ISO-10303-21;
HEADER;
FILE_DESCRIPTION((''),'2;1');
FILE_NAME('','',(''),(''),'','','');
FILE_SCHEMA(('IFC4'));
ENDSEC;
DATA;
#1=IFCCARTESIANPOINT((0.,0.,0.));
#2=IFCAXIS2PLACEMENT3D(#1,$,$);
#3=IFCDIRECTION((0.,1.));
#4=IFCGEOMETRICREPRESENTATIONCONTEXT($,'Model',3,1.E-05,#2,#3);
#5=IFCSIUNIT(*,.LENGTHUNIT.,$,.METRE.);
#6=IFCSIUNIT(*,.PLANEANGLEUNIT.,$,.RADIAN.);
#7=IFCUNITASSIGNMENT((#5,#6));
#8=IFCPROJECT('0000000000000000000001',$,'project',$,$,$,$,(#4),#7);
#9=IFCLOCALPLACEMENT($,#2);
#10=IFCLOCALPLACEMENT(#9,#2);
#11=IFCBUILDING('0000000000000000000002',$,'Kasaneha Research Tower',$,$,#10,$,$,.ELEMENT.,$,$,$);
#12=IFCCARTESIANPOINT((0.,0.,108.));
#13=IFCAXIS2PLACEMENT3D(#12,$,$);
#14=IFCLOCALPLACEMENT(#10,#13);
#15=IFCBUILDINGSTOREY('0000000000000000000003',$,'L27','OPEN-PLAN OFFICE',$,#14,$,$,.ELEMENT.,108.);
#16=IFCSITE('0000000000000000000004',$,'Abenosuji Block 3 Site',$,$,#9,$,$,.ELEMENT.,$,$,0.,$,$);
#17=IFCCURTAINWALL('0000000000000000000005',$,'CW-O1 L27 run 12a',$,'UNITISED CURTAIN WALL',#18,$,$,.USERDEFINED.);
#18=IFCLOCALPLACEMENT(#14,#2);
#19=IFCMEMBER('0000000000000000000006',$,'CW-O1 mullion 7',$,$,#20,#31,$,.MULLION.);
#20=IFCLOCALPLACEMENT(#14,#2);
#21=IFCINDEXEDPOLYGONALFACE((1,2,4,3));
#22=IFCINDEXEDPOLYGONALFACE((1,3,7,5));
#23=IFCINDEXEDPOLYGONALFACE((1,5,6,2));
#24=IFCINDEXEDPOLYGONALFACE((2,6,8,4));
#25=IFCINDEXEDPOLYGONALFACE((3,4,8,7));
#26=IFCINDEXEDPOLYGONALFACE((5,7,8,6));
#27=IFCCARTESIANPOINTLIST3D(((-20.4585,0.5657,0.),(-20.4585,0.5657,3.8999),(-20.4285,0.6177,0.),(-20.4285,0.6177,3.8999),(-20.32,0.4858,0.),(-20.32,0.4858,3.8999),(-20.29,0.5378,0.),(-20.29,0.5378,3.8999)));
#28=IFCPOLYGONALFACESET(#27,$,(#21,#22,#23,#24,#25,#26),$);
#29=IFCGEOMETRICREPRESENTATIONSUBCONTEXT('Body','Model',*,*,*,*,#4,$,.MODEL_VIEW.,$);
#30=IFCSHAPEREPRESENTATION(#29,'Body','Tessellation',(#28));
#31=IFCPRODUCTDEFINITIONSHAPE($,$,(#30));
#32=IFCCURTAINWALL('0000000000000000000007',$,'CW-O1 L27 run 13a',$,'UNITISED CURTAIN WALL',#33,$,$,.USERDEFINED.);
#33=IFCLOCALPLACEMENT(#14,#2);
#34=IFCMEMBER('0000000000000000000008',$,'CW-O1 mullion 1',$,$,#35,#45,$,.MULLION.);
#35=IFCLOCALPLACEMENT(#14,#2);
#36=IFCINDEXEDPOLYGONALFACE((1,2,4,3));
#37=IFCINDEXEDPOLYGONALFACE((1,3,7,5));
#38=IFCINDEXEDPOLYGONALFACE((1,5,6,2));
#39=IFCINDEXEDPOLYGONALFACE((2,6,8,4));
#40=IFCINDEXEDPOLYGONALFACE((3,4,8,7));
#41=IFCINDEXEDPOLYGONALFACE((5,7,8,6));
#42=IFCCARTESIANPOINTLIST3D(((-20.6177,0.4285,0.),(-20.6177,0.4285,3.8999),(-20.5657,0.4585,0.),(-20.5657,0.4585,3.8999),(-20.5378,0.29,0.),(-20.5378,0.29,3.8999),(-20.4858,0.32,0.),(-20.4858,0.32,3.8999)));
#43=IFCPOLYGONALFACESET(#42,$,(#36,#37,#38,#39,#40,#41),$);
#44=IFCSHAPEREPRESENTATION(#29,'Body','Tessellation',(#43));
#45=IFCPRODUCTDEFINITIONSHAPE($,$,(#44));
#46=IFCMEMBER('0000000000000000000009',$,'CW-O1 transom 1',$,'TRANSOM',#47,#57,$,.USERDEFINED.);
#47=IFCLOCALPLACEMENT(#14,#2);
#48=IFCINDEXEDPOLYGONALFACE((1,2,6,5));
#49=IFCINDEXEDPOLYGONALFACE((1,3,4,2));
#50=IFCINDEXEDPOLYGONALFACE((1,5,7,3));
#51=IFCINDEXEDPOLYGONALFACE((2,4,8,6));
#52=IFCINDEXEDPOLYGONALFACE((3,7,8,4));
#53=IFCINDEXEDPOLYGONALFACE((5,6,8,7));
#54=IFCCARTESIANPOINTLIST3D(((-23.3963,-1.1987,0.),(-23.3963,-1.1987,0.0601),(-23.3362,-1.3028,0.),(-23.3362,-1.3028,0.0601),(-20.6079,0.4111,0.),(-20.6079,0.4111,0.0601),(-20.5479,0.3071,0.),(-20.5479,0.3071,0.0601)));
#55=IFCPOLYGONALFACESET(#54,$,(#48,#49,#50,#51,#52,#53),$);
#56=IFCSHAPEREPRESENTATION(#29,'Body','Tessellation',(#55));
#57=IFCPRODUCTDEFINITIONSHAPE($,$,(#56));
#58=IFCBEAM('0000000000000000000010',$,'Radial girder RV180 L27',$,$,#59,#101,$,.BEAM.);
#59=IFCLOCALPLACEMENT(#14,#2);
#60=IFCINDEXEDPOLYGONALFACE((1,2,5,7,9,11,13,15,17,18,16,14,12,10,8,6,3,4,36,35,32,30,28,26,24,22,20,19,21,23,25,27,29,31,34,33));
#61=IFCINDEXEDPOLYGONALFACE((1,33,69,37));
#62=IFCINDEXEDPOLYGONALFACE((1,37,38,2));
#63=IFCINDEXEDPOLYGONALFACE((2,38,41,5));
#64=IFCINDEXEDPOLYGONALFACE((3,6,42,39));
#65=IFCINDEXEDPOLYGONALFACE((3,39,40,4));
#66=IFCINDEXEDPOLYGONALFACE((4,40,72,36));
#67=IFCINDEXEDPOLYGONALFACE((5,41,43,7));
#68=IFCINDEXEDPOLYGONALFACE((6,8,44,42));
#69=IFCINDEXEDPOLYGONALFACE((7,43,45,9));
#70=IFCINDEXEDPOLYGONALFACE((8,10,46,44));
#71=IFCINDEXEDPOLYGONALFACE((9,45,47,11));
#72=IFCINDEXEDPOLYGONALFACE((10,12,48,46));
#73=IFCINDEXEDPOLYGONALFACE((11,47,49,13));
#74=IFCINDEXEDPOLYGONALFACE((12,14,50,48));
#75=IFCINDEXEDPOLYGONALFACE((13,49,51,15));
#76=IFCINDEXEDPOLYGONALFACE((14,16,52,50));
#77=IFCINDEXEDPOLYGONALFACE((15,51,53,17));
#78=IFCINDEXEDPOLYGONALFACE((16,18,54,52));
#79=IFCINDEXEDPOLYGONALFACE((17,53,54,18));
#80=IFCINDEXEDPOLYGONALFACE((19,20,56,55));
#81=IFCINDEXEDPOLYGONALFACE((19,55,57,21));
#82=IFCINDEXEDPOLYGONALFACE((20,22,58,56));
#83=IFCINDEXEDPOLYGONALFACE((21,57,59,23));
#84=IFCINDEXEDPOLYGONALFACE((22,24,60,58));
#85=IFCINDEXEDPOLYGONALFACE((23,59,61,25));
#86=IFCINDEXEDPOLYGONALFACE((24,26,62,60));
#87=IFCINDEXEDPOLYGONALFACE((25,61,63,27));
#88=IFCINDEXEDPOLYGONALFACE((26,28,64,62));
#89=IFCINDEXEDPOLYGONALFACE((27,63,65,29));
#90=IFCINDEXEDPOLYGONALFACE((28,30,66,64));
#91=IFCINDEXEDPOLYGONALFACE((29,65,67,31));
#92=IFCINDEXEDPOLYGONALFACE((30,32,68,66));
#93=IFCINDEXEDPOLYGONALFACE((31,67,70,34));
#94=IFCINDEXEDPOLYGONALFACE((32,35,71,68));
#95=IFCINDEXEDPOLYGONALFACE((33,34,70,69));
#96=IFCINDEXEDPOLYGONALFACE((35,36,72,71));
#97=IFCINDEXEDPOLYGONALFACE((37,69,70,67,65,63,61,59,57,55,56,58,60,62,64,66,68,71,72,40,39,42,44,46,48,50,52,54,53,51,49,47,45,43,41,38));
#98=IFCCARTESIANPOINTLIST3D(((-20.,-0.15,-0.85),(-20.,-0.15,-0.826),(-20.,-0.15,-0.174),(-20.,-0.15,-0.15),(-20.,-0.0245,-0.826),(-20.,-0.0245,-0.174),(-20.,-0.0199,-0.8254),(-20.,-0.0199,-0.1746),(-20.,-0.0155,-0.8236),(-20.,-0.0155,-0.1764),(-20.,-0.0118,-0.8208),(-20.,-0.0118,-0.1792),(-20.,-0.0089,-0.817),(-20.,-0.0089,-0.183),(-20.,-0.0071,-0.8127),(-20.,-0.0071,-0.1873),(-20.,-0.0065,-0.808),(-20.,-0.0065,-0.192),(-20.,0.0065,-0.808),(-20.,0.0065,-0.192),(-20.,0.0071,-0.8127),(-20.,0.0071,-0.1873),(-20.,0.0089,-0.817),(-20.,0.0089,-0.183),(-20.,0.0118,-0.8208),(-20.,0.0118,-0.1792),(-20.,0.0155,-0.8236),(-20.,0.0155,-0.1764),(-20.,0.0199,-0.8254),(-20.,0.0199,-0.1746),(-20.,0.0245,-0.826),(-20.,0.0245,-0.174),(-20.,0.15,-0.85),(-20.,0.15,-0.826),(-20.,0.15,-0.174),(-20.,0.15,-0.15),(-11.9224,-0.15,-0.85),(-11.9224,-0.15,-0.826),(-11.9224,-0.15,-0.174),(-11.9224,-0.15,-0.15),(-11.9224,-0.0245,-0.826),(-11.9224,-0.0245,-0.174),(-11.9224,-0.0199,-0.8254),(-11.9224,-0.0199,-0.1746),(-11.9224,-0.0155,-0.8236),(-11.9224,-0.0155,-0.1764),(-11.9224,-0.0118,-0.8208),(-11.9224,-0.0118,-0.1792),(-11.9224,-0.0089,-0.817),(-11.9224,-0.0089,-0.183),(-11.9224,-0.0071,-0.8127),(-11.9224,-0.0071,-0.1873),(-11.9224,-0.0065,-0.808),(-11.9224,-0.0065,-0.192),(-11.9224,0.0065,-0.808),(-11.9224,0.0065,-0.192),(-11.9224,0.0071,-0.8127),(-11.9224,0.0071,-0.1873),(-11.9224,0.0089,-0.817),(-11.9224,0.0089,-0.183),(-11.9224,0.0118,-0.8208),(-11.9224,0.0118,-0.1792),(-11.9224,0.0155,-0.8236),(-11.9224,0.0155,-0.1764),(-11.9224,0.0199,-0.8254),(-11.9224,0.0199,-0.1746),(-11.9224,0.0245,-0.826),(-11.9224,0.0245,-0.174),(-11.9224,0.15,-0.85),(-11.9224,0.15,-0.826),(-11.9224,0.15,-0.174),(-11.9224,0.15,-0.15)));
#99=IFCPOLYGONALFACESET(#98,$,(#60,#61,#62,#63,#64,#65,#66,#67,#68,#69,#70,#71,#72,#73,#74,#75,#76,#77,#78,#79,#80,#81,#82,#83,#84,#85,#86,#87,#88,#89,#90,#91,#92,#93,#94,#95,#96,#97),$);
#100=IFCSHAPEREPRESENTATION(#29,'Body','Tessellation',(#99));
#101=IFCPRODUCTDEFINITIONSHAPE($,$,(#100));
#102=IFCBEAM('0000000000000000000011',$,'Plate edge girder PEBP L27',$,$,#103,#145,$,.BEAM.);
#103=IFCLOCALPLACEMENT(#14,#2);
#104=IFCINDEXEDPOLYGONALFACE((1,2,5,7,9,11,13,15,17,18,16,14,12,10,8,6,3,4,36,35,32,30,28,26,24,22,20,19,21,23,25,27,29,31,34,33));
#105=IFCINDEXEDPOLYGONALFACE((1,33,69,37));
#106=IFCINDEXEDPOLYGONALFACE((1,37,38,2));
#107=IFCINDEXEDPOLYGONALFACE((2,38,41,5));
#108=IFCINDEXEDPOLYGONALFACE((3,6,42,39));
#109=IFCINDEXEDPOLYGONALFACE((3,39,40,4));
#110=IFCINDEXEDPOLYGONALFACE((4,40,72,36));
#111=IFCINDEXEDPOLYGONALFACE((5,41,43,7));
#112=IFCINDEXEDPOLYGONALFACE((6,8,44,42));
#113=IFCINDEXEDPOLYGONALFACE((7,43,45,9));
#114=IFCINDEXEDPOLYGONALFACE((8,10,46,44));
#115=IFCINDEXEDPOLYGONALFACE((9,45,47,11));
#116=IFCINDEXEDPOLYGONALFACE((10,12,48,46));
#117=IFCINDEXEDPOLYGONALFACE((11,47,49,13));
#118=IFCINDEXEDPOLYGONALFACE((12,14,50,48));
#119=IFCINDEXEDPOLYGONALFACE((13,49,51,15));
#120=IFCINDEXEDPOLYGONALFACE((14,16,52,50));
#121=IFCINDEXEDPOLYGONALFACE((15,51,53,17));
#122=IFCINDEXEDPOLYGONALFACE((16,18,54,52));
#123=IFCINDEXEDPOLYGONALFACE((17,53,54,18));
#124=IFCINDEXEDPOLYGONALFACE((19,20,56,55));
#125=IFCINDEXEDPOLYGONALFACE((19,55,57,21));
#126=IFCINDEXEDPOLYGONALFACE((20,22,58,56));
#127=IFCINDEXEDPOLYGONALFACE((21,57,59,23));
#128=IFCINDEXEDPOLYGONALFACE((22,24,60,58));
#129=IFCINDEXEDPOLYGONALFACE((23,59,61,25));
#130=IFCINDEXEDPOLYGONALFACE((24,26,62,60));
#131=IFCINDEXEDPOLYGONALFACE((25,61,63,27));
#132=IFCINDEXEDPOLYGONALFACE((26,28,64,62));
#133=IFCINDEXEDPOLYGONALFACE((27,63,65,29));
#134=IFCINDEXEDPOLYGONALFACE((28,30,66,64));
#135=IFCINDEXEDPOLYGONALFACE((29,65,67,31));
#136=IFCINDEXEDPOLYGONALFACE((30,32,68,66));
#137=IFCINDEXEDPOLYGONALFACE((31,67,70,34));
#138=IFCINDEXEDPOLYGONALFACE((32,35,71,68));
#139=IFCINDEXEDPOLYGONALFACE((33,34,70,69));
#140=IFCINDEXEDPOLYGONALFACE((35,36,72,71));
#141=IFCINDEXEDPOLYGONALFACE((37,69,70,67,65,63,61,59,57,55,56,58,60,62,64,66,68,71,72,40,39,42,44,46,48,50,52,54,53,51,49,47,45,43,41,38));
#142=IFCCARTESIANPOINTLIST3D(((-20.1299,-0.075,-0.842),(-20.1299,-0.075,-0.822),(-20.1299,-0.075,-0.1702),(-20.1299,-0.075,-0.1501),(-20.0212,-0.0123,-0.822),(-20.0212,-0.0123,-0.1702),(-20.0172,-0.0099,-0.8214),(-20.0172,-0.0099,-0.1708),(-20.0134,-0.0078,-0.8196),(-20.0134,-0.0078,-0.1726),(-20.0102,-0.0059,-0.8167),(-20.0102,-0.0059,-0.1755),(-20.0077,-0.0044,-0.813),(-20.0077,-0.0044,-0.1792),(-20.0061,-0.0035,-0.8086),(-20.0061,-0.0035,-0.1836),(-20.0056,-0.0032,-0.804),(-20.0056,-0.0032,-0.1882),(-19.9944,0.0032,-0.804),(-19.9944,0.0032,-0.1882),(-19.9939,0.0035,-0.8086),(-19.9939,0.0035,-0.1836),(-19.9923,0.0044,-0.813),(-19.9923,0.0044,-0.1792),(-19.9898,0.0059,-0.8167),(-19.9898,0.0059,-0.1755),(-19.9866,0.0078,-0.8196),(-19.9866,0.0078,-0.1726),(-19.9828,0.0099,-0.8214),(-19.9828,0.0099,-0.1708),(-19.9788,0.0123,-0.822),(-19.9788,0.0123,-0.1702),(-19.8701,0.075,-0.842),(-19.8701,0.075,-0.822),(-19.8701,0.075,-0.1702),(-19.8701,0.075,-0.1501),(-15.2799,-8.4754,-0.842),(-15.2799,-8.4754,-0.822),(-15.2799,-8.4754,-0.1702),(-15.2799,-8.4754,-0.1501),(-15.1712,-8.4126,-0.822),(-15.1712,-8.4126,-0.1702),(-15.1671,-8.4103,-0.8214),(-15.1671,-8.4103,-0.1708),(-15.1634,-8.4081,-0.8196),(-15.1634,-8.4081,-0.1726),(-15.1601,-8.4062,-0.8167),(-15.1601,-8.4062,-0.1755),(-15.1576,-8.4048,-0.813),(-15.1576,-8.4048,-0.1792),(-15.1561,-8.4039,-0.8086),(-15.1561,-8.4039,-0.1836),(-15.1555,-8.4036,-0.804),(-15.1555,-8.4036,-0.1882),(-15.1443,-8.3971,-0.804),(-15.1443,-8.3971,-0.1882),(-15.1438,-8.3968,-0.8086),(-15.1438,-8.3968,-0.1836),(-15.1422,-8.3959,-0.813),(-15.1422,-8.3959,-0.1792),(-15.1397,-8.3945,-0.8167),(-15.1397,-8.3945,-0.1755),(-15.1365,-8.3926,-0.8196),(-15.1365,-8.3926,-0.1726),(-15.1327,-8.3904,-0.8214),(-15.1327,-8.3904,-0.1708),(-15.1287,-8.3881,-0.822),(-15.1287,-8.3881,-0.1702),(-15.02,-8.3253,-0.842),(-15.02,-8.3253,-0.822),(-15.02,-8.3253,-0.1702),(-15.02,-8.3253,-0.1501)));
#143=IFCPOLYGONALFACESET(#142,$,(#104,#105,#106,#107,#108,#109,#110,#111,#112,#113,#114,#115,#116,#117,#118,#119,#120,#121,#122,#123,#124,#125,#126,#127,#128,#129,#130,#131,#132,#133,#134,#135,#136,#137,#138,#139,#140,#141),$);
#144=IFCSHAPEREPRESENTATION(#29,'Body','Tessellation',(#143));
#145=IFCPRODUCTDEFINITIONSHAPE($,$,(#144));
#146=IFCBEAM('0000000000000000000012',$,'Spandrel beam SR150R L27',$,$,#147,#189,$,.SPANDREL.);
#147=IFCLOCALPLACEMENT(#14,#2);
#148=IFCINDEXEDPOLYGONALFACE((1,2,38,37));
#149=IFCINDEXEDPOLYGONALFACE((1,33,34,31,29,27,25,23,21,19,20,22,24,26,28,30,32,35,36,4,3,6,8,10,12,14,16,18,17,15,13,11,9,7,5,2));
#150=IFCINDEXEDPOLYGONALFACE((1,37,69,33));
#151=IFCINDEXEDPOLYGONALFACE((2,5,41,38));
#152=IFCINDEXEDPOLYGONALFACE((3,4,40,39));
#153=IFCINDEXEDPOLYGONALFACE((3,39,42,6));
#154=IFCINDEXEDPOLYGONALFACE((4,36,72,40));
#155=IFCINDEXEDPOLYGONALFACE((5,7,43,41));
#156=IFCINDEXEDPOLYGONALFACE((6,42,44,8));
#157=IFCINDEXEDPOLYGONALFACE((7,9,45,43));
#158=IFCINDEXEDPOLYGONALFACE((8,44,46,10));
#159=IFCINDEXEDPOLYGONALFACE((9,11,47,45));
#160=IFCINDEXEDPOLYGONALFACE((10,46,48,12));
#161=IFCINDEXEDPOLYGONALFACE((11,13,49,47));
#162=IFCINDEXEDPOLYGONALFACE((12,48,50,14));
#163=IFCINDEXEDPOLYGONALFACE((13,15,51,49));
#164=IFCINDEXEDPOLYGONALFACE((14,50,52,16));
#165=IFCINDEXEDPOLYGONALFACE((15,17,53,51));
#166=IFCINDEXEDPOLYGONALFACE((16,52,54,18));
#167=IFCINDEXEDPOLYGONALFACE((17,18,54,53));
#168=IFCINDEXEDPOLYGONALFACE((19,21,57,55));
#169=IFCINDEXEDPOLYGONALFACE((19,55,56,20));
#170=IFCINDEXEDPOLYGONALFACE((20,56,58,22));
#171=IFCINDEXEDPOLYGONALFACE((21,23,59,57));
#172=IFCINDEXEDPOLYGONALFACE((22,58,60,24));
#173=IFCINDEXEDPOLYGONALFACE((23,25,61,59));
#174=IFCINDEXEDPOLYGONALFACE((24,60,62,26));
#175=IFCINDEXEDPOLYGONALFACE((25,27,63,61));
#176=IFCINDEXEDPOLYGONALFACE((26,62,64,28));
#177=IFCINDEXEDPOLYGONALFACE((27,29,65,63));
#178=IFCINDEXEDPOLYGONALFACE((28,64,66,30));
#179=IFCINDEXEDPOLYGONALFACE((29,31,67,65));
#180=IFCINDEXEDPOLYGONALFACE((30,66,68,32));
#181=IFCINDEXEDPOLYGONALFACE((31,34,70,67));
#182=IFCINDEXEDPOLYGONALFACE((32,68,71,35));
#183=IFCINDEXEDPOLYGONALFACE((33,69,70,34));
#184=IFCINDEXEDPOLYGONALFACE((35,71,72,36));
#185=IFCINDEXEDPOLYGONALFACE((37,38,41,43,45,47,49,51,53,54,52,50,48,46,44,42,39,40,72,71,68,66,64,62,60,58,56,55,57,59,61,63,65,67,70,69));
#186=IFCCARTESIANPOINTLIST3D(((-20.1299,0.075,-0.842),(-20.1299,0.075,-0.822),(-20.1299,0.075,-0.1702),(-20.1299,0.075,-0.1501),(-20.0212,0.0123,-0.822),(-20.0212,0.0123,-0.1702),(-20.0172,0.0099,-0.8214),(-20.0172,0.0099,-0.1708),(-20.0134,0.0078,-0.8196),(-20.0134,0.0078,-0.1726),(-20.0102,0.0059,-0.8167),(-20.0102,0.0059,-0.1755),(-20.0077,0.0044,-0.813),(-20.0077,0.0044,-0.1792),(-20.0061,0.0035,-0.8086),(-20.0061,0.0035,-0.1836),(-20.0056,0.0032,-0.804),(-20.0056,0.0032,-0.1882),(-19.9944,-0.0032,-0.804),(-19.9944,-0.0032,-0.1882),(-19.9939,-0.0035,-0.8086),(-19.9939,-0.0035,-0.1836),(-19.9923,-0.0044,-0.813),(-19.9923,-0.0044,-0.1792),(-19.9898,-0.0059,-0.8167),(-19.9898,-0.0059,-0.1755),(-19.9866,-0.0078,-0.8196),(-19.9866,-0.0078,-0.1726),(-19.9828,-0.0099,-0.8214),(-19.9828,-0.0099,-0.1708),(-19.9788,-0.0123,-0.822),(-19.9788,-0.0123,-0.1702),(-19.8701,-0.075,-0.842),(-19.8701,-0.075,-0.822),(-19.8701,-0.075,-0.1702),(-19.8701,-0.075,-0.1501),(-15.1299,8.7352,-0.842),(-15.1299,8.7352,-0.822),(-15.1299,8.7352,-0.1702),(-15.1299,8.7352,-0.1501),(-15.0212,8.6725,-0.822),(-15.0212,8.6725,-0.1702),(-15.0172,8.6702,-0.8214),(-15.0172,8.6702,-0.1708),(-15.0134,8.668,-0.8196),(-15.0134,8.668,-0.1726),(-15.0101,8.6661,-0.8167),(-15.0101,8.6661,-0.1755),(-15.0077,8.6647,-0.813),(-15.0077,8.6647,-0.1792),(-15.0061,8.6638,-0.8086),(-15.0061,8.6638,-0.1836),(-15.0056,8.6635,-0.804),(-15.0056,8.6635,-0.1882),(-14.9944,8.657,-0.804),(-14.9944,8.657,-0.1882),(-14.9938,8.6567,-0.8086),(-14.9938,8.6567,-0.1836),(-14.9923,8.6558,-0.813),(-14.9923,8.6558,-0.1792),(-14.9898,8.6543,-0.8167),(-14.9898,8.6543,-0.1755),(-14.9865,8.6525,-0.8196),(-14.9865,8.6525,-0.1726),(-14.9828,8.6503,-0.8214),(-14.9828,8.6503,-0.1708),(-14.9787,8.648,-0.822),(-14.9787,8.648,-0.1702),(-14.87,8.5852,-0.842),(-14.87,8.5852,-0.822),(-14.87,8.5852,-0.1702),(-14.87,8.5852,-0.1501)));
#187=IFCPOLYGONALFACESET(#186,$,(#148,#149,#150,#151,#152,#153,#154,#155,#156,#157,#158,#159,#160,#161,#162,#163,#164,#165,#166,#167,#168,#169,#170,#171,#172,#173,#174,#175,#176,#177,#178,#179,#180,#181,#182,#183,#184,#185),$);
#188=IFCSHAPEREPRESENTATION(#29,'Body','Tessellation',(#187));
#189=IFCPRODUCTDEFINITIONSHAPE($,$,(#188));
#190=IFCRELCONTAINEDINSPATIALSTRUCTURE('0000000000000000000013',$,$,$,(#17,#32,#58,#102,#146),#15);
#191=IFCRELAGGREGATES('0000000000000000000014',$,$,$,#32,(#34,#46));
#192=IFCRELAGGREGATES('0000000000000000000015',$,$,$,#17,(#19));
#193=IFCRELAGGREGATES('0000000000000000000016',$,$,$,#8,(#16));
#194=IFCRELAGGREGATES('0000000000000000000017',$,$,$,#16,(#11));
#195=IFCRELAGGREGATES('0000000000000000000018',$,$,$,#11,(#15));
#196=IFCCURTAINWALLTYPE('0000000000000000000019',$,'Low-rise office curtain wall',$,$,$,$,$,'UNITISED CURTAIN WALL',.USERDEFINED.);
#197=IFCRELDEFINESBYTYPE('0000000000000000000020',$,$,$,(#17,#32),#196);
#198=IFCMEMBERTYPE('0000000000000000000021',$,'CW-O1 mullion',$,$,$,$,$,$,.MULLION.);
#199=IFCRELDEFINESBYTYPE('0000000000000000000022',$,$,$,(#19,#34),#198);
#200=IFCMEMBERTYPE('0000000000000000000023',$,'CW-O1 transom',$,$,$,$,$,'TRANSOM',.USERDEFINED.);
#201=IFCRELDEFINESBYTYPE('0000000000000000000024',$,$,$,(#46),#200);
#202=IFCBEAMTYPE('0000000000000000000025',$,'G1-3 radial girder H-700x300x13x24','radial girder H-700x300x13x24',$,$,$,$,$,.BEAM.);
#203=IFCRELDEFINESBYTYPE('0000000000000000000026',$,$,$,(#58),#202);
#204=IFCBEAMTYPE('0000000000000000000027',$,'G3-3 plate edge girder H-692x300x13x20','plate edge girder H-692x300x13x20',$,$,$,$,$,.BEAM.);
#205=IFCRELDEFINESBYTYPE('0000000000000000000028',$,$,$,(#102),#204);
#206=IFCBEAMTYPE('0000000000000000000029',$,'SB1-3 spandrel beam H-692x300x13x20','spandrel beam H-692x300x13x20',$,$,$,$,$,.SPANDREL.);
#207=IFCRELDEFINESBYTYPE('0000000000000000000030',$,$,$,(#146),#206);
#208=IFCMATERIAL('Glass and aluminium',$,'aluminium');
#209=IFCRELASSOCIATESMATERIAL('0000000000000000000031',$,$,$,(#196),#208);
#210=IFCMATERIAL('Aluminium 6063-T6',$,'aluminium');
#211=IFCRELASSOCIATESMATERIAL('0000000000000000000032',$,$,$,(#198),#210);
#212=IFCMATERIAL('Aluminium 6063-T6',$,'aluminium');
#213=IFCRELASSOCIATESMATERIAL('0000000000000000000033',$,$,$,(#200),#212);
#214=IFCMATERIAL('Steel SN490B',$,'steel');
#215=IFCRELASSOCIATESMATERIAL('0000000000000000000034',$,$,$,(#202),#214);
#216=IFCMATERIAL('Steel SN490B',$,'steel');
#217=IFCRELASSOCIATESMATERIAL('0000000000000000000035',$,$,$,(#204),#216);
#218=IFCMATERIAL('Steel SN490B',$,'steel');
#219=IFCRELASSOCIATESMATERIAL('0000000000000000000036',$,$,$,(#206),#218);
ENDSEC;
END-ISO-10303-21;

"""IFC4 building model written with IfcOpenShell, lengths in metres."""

from ifc_helpers import new_model, si_unit, direction, frame, origin, origin_2d, place, context, subcontext, project, spatial, rectangle, i_section, extrude, material, material_profile, profile_set, type_object, element, aggregate, save


model = new_model("IFC4")

# Units and contexts
model_context = context("Model", 3, precision=1e-05, world=origin(), true_north=direction((0.0, 1.0)))
body_context = subcontext(model_context, "Body", "Model", "MODEL_VIEW")
ifc_project = project(units=[si_unit("LENGTHUNIT", "METRE"), si_unit("PLANEANGLEUNIT", "RADIAN")], contexts=[model_context])

# Site, building, storey
site_placement = place(None, origin())
site = spatial("IfcSite", under=ifc_project, at=site_placement, Name="Abenosuji Block 3 Site", CompositionType="ELEMENT", RefElevation=0.0)
building_placement = place(site_placement, origin())
building = spatial("IfcBuilding", under=site, at=building_placement, Name="Kasaneha Research Tower", CompositionType="ELEMENT")
storey_placement = place(building_placement, frame((0.0, 0.0, 108.0)))
storey = spatial("IfcBuildingStorey", under=building, at=storey_placement, Name="L27", Description="OPEN-PLAN OFFICE", CompositionType="ELEMENT", Elevation=108.0)

# Curtain wall, member
ifc_material_1 = material(Name="Glass and aluminium", Category="aluminium")
curtain_wall_type = type_object("IfcCurtainWallType", Name="Low-rise office curtain wall", ElementType="UNITISED CURTAIN WALL", PredefinedType="USERDEFINED", material=ifc_material_1)
curtain_wall_1_placement = place(storey_placement, origin())
curtain_wall_1 = element("IfcCurtainWall", 1, at=curtain_wall_1_placement, inside=storey, type_object=curtain_wall_type, Name="CW-O1 L27 run 12a", ObjectType="UNITISED CURTAIN WALL", PredefinedType="USERDEFINED")
ifc_material_2 = material(Name="Aluminium 6063-T6", Category="aluminium")
ifc_material_profile_1 = material_profile(ifc_material_2, rectangle(XDim=0.0601, YDim=0.1599, at=origin_2d()), Name="CW-O1 mullion 60x160")
ifc_profile_set_1 = profile_set([ifc_material_profile_1], Name="Aluminium 6063-T6")
member_type_1 = type_object("IfcMemberType", Name="CW-O1 mullion", PredefinedType="MULLION", material=ifc_profile_set_1)
member_1_placement = place(storey_placement, frame((-20.3743, 0.5518, 0.0), z_axis=(0.0, 0.0, 1.0), x_axis=(-0.5, -0.866025, 0.0)))
member_1 = element("IfcMember", 2, at=member_1_placement, type_object=member_type_1, Name="CW-O1 mullion 7", PredefinedType="MULLION", context=body_context, shape_type="SweptSolid", body=[
    extrude(rectangle(XDim=0.0601, YDim=0.1599, at=origin_2d()), origin(), (0.0, 0.0, 1.0), 3.8999),
])

# Curtain wall, members
curtain_wall_2_placement = place(storey_placement, origin())
curtain_wall_2 = element("IfcCurtainWall", 3, at=curtain_wall_2_placement, inside=storey, type_object=curtain_wall_type, Name="CW-O1 L27 run 13a", ObjectType="UNITISED CURTAIN WALL", PredefinedType="USERDEFINED")
member_2_placement = place(storey_placement, frame((-20.5518, 0.3743, 0.0), z_axis=(0.0, 0.0, 1.0), x_axis=(-0.866025, -0.5, 0.0)))
member_2 = element("IfcMember", 4, at=member_2_placement, type_object=member_type_1, Name="CW-O1 mullion 1", PredefinedType="MULLION", context=body_context, shape_type="SweptSolid", body=[
    extrude(rectangle(XDim=0.0601, YDim=0.1599, at=origin_2d()), origin(), (0.0, 0.0, 1.0), 3.8999),
])
ifc_material_3 = material(Name="Aluminium 6063-T6", Category="aluminium")
ifc_material_profile_2 = material_profile(ifc_material_3, rectangle(XDim=0.1201, YDim=0.0601, at=origin_2d()), Name="CW-O1 transom 120x60")
ifc_profile_set_2 = profile_set([ifc_material_profile_2], Name="Aluminium 6063-T6")
member_type_2 = type_object("IfcMemberType", Name="CW-O1 transom", ElementType="TRANSOM", PredefinedType="USERDEFINED", material=ifc_profile_set_2)
member_3_placement = place(storey_placement, frame((-20.5779, 0.3591, 0.03), z_axis=(-0.866023, -0.500005, 0.0), x_axis=(0.500005, -0.866023, 0.0)))
member_3 = element("IfcMember", 5, at=member_3_placement, type_object=member_type_2, Name="CW-O1 transom 1", ObjectType="TRANSOM", PredefinedType="USERDEFINED", context=body_context, shape_type="SweptSolid", body=[
    extrude(rectangle(XDim=0.1201, YDim=0.0601, at=origin_2d()), origin(), (0.0, 0.0, 1.0), 3.2197),
])
aggregate(curtain_wall_2, [member_2, member_3])

# Beams
ifc_material_4 = material(Name="Steel SN490B", Category="steel")
ifc_material_profile_3 = material_profile(ifc_material_4, i_section(OverallWidth=0.3, OverallDepth=0.7, WebThickness=0.0129, FlangeThickness=0.0239, FilletRadius=0.0181, at=origin_2d()), Name="H-700x300x13x24")
ifc_profile_set_3 = profile_set([ifc_material_profile_3], Name="Steel SN490B")
beam_type_1 = type_object("IfcBeamType", Name="G1-3 radial girder H-700x300x13x24", Description="radial girder H-700x300x13x24", PredefinedType="BEAM", material=ifc_profile_set_3)
beam_1_placement = place(storey_placement, frame((-11.9224, 0.0, -0.5), z_axis=(-1.0, 0.0, 0.0), x_axis=(0.0, -1.0, 0.0)))
element("IfcBeam", 6, at=beam_1_placement, inside=storey, type_object=beam_type_1, Name="Radial girder RV180 L27", PredefinedType="BEAM", context=body_context, shape_type="SweptSolid", body=[
    extrude(i_section(OverallWidth=0.3, OverallDepth=0.7, WebThickness=0.0129, FlangeThickness=0.0239, FilletRadius=0.0181, at=origin_2d()), origin(), (0.0, 0.0, 1.0), 8.0776),
])
ifc_material_5 = material(Name="Steel SN490B", Category="steel")
ifc_material_profile_4 = material_profile(ifc_material_5, i_section(OverallWidth=0.3, OverallDepth=0.6919, WebThickness=0.0129, FlangeThickness=0.02, FilletRadius=0.0181, at=origin_2d()), Name="H-692x300x13x20")
ifc_profile_set_4 = profile_set([ifc_material_profile_4], Name="Steel SN490B")
beam_type_2 = type_object("IfcBeamType", Name="G3-3 plate edge girder H-692x300x13x20", Description="plate edge girder H-692x300x13x20", PredefinedType="BEAM", material=ifc_profile_set_4)
beam_2_placement = place(storey_placement, frame((-20.0, 0.0, -0.4961), z_axis=(0.50001, -0.86602, 0.0), x_axis=(0.86602, 0.50001, 0.0)))
element("IfcBeam", 7, at=beam_2_placement, inside=storey, type_object=beam_type_2, Name="Plate edge girder PEBP L27", PredefinedType="BEAM", context=body_context, shape_type="SweptSolid", body=[
    extrude(i_section(OverallWidth=0.3, OverallDepth=0.6919, WebThickness=0.0129, FlangeThickness=0.02, FilletRadius=0.0181, at=origin_2d()), origin(), (0.0, 0.0, 1.0), 9.7),
])
ifc_material_6 = material(Name="Steel SN490B", Category="steel")
ifc_material_profile_5 = material_profile(ifc_material_6, i_section(OverallWidth=0.3, OverallDepth=0.6919, WebThickness=0.0129, FlangeThickness=0.02, FilletRadius=0.0181, at=origin_2d()), Name="H-692x300x13x20")
ifc_profile_set_5 = profile_set([ifc_material_profile_5], Name="Steel SN490B")
beam_type_3 = type_object("IfcBeamType", Name="SB1-3 spandrel beam H-692x300x13x20", Description="spandrel beam H-692x300x13x20", PredefinedType="SPANDREL", material=ifc_profile_set_5)
beam_3_placement = place(storey_placement, frame((-20.0, 0.0, -0.4961), z_axis=(0.500004, 0.866023, 0.0), x_axis=(-0.866023, 0.500004, 0.0)))
element("IfcBeam", 8, at=beam_3_placement, inside=storey, type_object=beam_type_3, Name="Spandrel beam SR150R L27", PredefinedType="SPANDREL", context=body_context, shape_type="SweptSolid", body=[
    extrude(i_section(OverallWidth=0.3, OverallDepth=0.6919, WebThickness=0.0129, FlangeThickness=0.02, FilletRadius=0.0181, at=origin_2d()), origin(), (0.0, 0.0, 1.0), 10.0),
])

aggregate(curtain_wall_1, [member_1])

save(model, "model.ifc")
